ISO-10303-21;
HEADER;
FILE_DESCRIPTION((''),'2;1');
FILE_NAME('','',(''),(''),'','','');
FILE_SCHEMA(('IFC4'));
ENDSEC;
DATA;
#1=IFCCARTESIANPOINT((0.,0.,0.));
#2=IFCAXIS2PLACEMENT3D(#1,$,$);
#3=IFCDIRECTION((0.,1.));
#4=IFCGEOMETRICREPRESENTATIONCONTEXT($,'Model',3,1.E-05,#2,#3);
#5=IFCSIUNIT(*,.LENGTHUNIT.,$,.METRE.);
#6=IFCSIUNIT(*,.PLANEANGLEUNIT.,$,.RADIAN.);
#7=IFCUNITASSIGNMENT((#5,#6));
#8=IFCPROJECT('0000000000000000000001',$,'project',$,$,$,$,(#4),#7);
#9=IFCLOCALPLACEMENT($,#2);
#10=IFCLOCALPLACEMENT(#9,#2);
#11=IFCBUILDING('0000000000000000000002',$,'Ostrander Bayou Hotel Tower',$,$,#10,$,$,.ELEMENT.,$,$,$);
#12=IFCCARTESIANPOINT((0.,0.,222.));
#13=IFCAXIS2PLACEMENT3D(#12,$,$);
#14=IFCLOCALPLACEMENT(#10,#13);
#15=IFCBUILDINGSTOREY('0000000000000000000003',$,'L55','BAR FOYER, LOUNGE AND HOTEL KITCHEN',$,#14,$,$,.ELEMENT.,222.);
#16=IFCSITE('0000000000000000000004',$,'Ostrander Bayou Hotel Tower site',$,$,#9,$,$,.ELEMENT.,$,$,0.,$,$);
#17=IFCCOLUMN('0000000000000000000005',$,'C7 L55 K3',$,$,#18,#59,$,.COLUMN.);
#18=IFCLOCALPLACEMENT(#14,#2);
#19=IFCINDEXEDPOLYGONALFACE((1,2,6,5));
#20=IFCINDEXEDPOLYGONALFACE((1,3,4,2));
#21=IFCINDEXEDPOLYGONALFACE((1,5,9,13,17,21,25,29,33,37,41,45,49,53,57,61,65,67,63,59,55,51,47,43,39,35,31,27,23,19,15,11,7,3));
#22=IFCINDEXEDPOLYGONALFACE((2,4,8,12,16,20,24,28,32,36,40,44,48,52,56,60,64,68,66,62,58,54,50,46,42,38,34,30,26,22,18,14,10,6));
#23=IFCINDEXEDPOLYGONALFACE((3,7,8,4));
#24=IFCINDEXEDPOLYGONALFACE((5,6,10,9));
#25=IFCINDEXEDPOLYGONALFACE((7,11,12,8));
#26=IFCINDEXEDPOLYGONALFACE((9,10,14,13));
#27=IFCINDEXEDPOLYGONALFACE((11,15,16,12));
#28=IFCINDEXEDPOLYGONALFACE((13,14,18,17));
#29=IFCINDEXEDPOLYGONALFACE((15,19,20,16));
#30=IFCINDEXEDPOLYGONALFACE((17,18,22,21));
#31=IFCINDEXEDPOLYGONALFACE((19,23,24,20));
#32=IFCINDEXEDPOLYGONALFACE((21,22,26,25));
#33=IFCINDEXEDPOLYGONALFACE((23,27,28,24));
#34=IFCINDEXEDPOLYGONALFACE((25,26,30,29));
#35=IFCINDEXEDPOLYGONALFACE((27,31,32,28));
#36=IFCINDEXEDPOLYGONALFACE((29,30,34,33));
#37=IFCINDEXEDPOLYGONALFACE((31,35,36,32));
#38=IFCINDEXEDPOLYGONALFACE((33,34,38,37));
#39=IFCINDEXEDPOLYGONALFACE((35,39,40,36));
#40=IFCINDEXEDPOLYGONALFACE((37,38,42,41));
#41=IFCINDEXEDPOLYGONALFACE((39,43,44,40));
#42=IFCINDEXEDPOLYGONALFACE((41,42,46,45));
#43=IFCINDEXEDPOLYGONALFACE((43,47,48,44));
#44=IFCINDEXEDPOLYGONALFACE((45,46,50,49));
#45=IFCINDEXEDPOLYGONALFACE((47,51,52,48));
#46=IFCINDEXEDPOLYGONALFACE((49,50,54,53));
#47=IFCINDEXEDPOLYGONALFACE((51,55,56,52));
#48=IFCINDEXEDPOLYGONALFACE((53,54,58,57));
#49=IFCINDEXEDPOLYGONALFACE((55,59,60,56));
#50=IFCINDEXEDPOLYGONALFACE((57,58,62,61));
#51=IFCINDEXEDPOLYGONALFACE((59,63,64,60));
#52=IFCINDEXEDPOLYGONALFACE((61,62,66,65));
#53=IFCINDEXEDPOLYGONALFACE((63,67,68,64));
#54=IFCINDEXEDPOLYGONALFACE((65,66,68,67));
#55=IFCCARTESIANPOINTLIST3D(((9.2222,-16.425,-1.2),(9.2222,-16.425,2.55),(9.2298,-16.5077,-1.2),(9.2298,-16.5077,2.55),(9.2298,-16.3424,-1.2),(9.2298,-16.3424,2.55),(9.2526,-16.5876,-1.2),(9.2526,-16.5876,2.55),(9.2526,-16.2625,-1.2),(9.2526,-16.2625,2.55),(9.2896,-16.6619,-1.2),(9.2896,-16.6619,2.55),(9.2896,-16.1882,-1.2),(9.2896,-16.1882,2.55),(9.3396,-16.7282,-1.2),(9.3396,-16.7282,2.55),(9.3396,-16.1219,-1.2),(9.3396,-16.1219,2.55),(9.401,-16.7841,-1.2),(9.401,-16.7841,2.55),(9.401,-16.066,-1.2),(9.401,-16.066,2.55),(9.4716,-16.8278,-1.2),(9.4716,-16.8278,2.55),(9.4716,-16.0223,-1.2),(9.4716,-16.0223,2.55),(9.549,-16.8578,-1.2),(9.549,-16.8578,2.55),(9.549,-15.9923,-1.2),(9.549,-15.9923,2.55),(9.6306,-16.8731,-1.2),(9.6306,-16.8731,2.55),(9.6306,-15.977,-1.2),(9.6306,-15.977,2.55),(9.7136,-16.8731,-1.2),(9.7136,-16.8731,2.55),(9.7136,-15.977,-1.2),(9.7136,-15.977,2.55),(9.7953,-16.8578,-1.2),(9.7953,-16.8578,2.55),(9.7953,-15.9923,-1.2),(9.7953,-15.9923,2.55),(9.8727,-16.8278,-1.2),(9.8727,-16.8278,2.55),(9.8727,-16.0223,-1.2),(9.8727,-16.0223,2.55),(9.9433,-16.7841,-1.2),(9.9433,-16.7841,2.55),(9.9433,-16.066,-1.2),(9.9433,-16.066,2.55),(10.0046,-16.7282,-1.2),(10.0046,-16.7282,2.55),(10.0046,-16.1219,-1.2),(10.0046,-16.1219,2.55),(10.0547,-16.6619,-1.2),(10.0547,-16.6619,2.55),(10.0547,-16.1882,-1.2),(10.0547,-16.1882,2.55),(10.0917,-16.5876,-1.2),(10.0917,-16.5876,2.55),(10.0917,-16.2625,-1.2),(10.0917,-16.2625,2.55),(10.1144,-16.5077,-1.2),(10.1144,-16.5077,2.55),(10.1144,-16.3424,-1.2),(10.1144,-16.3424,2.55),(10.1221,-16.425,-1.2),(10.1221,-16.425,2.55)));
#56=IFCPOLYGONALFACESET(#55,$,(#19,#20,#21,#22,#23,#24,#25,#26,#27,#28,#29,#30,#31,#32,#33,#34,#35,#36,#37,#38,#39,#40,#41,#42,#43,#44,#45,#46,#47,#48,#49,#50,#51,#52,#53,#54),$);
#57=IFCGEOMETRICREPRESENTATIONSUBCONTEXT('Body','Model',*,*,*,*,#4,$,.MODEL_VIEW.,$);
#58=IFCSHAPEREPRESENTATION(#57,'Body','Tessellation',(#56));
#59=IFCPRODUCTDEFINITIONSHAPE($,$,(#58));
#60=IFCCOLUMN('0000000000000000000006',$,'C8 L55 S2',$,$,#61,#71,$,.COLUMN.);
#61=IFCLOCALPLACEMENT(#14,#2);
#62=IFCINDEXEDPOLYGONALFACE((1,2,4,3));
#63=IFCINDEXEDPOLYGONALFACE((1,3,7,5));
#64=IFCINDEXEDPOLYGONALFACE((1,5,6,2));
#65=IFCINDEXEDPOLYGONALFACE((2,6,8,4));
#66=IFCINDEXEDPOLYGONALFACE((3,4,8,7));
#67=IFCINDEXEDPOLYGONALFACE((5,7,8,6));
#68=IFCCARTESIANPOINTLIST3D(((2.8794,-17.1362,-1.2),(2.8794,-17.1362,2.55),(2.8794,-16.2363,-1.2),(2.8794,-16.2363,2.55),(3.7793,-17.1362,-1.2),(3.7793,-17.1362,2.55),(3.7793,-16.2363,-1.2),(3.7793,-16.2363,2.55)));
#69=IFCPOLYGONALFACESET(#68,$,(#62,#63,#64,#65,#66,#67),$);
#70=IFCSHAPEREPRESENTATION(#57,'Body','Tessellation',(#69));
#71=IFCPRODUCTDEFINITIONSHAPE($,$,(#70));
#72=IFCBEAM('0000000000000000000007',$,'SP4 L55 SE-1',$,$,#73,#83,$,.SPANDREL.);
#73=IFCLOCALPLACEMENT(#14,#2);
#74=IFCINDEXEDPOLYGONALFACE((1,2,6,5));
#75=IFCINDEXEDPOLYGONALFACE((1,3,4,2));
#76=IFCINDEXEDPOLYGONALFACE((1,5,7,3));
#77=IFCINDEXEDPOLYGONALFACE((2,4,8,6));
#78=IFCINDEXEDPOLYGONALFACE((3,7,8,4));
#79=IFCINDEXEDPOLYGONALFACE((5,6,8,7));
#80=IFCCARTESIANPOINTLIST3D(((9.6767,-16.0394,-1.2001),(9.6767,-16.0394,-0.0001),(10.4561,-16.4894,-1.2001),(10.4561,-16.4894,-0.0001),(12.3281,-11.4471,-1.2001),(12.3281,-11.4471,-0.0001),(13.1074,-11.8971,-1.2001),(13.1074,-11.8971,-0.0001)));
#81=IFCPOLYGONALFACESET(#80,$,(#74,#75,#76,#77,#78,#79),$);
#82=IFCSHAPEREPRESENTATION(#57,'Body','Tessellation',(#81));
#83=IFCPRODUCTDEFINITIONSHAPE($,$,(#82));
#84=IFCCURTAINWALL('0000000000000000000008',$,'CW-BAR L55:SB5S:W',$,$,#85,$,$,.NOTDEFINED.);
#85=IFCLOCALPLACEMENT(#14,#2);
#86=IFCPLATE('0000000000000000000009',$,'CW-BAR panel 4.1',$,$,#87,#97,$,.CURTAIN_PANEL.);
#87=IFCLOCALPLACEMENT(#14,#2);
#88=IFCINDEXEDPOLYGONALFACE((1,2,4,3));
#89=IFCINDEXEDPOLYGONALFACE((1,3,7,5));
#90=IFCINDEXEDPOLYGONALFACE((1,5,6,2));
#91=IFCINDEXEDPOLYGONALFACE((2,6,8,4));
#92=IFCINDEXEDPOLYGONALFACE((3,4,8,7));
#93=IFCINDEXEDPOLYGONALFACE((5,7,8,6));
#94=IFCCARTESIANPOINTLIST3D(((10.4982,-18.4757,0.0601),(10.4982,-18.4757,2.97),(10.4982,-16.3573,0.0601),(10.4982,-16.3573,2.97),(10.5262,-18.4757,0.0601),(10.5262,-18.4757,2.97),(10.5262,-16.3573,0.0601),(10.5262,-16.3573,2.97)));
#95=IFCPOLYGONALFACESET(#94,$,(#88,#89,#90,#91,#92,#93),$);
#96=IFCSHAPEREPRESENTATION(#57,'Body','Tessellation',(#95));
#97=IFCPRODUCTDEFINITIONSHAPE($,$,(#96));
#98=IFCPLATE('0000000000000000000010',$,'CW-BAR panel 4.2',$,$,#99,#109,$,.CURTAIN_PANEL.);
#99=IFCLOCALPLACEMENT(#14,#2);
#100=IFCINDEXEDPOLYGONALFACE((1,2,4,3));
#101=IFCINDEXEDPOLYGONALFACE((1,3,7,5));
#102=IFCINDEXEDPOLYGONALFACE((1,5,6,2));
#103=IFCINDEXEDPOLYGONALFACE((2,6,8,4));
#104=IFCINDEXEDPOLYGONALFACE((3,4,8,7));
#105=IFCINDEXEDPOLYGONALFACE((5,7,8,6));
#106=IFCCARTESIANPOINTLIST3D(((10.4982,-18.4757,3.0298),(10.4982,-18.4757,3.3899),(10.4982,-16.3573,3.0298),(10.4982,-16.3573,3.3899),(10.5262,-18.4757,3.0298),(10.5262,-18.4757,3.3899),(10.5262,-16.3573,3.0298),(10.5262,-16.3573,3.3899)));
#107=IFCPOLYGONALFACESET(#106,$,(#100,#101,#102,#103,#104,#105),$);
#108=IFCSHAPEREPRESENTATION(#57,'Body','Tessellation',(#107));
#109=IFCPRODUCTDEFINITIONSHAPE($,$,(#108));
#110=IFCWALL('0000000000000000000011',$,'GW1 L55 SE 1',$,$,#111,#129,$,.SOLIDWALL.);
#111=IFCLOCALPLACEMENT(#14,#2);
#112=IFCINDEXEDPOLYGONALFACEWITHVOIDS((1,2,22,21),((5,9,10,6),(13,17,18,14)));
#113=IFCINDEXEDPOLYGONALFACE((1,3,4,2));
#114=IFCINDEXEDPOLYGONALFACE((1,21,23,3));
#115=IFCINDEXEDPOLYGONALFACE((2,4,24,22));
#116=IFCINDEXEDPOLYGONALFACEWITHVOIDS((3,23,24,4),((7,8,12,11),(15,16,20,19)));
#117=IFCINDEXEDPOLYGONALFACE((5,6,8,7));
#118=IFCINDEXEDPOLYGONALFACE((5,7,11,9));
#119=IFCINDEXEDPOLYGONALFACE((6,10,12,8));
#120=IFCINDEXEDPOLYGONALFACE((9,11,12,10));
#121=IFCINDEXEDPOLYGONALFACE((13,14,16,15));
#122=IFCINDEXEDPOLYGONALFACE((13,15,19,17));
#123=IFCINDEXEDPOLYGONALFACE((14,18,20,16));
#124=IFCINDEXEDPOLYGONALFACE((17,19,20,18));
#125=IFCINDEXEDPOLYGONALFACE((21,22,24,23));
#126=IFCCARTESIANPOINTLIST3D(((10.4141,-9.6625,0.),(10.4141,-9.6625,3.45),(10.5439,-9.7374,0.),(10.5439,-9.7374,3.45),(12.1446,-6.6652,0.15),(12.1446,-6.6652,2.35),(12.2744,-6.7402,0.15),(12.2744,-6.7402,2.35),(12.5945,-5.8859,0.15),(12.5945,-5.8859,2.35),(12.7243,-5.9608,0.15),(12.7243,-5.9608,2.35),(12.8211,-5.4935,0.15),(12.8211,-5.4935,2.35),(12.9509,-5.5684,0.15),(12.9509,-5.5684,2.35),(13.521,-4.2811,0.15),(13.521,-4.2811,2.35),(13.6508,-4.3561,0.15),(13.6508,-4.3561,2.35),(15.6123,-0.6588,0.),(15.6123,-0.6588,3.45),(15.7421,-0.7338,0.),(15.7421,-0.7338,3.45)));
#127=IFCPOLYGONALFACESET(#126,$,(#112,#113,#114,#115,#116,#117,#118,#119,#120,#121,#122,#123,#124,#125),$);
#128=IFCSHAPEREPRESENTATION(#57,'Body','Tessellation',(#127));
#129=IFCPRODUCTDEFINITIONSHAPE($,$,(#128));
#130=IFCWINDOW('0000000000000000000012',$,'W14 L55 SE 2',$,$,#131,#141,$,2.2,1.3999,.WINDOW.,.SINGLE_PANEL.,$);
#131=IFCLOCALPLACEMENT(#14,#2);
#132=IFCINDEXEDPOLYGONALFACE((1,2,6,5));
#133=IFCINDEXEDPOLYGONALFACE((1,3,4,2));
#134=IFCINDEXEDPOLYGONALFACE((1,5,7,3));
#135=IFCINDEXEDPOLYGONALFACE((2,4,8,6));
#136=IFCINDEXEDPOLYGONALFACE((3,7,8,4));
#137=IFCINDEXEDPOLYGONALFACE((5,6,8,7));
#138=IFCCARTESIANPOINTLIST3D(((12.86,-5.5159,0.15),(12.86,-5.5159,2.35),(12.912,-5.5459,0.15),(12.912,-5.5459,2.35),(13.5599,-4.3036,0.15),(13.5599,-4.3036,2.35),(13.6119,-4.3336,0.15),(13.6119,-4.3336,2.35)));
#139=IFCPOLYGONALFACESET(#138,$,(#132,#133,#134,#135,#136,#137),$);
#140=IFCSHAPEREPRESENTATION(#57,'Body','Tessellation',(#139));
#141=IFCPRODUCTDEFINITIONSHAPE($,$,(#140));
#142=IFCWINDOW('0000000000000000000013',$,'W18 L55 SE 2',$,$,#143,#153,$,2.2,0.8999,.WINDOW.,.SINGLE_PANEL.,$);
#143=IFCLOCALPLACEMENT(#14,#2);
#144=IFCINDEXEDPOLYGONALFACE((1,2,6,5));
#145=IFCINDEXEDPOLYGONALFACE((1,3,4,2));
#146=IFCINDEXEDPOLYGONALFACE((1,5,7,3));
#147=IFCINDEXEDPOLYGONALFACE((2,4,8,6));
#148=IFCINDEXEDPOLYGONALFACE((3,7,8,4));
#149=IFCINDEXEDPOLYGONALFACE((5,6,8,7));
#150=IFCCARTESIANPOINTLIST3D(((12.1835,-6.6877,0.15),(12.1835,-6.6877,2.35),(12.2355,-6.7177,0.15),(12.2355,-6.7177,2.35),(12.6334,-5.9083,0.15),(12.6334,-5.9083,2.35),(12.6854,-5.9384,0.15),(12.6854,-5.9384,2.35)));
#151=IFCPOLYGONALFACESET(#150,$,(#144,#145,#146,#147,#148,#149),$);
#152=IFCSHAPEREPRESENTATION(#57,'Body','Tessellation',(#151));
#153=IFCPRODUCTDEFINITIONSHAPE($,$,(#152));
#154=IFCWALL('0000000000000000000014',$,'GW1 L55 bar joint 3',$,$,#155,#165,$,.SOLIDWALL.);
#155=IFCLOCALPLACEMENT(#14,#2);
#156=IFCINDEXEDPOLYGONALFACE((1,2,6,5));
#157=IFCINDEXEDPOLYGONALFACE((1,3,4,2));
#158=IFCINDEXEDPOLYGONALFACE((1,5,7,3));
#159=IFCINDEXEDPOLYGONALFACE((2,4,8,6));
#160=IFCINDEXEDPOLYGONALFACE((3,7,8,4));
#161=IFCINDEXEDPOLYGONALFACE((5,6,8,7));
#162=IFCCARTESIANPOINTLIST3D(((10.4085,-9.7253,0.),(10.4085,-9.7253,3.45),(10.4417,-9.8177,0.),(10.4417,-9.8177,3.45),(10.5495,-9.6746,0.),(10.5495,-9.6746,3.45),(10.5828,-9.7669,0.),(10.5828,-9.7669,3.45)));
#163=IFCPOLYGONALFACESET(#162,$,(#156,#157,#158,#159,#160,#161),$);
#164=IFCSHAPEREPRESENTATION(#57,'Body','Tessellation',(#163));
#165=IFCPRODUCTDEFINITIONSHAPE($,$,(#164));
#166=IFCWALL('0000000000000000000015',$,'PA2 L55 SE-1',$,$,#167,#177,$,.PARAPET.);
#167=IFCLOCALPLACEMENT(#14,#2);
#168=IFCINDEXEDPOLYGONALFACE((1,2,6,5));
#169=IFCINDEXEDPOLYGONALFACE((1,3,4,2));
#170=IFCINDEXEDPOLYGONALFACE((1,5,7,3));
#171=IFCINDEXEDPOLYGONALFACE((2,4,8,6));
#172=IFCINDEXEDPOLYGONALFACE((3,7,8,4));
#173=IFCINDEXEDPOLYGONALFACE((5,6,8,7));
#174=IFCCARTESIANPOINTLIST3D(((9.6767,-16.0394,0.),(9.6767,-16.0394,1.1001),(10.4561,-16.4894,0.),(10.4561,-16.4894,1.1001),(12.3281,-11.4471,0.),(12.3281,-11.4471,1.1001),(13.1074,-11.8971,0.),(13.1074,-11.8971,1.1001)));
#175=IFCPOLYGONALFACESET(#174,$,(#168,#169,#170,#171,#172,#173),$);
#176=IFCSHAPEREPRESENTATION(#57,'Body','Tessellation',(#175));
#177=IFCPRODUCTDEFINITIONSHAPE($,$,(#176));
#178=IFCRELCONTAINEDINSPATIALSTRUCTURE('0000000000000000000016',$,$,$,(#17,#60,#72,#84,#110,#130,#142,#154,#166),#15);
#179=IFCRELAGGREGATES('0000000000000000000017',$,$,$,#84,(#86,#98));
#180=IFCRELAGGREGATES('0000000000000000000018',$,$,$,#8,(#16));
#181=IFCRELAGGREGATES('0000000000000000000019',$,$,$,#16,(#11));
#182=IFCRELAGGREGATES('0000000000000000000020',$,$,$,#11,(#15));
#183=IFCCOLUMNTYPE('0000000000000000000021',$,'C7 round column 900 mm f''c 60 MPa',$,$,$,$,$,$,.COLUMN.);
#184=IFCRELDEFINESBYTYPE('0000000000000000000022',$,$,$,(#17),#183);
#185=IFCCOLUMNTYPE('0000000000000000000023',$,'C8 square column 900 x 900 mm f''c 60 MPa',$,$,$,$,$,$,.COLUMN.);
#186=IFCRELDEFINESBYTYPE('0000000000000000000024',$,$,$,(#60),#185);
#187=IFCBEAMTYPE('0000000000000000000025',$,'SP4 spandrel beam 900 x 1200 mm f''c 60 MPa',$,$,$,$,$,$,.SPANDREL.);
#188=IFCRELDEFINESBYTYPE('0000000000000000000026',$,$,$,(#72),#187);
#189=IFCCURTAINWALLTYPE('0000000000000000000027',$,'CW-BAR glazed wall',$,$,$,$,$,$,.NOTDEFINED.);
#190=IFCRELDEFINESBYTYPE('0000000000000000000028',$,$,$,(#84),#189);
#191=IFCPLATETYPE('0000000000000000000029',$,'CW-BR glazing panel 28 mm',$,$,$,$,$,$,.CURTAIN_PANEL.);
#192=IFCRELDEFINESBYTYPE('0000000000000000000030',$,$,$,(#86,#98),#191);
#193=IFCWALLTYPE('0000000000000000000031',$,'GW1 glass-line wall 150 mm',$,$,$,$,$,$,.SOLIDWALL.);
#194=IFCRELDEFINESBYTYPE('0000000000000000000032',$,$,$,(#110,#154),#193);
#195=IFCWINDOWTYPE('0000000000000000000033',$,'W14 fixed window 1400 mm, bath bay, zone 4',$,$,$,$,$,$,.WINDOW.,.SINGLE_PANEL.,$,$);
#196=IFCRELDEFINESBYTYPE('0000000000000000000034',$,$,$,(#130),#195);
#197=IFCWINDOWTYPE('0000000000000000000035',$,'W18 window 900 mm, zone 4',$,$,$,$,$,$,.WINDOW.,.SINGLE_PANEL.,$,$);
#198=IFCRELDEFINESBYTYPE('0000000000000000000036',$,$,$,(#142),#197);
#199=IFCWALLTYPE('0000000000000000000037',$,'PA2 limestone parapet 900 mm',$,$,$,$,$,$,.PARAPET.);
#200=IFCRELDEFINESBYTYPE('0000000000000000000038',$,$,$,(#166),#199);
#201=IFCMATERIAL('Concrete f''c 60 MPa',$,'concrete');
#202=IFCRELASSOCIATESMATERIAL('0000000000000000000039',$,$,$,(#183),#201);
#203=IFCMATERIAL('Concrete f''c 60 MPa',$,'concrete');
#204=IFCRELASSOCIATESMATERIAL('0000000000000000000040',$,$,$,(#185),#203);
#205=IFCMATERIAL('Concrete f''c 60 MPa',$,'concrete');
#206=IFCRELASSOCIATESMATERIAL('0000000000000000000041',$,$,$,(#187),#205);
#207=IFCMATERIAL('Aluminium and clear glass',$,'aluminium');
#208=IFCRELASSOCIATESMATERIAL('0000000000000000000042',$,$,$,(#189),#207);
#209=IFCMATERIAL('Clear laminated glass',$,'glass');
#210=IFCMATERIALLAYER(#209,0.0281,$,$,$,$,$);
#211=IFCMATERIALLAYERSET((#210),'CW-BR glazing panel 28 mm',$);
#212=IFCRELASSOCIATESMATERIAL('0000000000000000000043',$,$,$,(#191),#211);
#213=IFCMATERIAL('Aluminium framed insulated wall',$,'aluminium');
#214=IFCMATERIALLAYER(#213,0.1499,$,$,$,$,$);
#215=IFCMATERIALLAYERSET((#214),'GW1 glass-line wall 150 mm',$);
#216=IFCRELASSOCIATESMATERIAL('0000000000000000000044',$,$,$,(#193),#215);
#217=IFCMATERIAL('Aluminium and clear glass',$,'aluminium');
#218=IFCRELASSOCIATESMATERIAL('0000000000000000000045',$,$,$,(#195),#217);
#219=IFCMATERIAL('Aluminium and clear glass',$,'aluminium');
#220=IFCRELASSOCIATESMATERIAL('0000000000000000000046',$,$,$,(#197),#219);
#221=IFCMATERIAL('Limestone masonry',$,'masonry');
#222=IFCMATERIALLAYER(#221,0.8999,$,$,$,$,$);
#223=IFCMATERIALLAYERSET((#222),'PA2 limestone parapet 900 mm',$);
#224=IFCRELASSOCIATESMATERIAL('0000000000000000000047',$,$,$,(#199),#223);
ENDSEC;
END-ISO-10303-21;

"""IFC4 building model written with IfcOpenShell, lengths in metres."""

from ifc_helpers import new_model, si_unit, direction, frame, frame_2d, origin, origin_2d, place, context, subcontext, project, spatial, rectangle, circle, extrude, material, layer, layer_set, material_profile, profile_set, type_object, element, fill, aggregate, save


model = new_model("IFC4")

# Units and contexts
model_context = context("Model", 3, precision=1e-05, world=origin(), true_north=direction((0.0, 1.0)))
body_context = subcontext(model_context, "Body", "Model", "MODEL_VIEW")
ifc_project = project(units=[si_unit("LENGTHUNIT", "METRE"), si_unit("PLANEANGLEUNIT", "RADIAN")], contexts=[model_context])

# Site, building, storey
site_placement = place(None, origin())
site = spatial("IfcSite", under=ifc_project, at=site_placement, Name="Ostrander Bayou Hotel Tower site", CompositionType="ELEMENT", RefElevation=0.0)
building_placement = place(site_placement, origin())
building = spatial("IfcBuilding", under=site, at=building_placement, Name="Ostrander Bayou Hotel Tower", CompositionType="ELEMENT")
storey_placement = place(building_placement, frame((0.0, 0.0, 222.0)))
storey = spatial("IfcBuildingStorey", under=building, at=storey_placement, Name="L55", Description="BAR FOYER, LOUNGE AND HOTEL KITCHEN", CompositionType="ELEMENT", Elevation=222.0)

# Columns
ifc_material_1 = material(Name="Concrete f'c 60 MPa", Category="concrete")
ifc_material_profile_1 = material_profile(ifc_material_1, circle(Radius=0.45, at=origin_2d()))
ifc_profile_set_1 = profile_set([ifc_material_profile_1], Name="Concrete f'c 60 MPa")
column_type_1 = type_object("IfcColumnType", Name="C7 round column 900 mm f'c 60 MPa", PredefinedType="COLUMN", material=ifc_profile_set_1)
column_1_placement = place(storey_placement, frame((9.6721, -16.425, -1.2), z_axis=(0.0, 0.0, 1.0), x_axis=(1.0, 0.0, 0.0)))
element("IfcColumn", 1, at=column_1_placement, inside=storey, type_object=column_type_1, Name="C7 L55 K3", PredefinedType="COLUMN", context=body_context, shape_type="SweptSolid", body=[
    extrude(circle(Radius=0.45, at=origin_2d()), origin(), (0.0, 0.0, 1.0), 3.75),
])
ifc_material_2 = material(Name="Concrete f'c 60 MPa", Category="concrete")
ifc_material_profile_2 = material_profile(ifc_material_2, rectangle(XDim=0.8999, YDim=0.8999, at=origin_2d()))
ifc_profile_set_2 = profile_set([ifc_material_profile_2], Name="Concrete f'c 60 MPa")
column_type_2 = type_object("IfcColumnType", Name="C8 square column 900 x 900 mm f'c 60 MPa", PredefinedType="COLUMN", material=ifc_profile_set_2)
column_2_placement = place(storey_placement, frame((3.3293, -16.6863, -1.2), z_axis=(0.0, 0.0, 1.0), x_axis=(-1.0, 0.0, 0.0)))
element("IfcColumn", 2, at=column_2_placement, inside=storey, type_object=column_type_2, Name="C8 L55 S2", PredefinedType="COLUMN", context=body_context, shape_type="SweptSolid", body=[
    extrude(rectangle(XDim=0.8999, YDim=0.8999, at=origin_2d()), origin(), (0.0, 0.0, 1.0), 3.75),
])

# Beam
ifc_material_3 = material(Name="Concrete f'c 60 MPa", Category="concrete")
ifc_material_profile_3 = material_profile(ifc_material_3, rectangle(XDim=0.8999, YDim=1.2, at=origin_2d()))
ifc_profile_set_3 = profile_set([ifc_material_profile_3], Name="Concrete f'c 60 MPa")
beam_type = type_object("IfcBeamType", Name="SP4 spandrel beam 900 x 1200 mm f'c 60 MPa", PredefinedType="SPANDREL", material=ifc_profile_set_3)
beam_placement = place(storey_placement, frame((10.0664, -16.2644, -0.6001), z_axis=(0.500001, 0.866025, 0.0), x_axis=(-0.866025, 0.500001, 0.0)))
element("IfcBeam", 3, at=beam_placement, inside=storey, type_object=beam_type, Name="SP4 L55 SE-1", PredefinedType="SPANDREL", context=body_context, shape_type="SweptSolid", body=[
    extrude(rectangle(XDim=0.8999, YDim=1.2, at=origin_2d()), origin(), (0.0, 0.0, 1.0), 5.3027),
])

# Curtain wall, plates
ifc_material_4 = material(Name="Aluminium and clear glass", Category="aluminium")
curtain_wall_type = type_object("IfcCurtainWallType", Name="CW-BAR glazed wall", PredefinedType="NOTDEFINED", material=ifc_material_4)
curtain_wall_placement = place(storey_placement, origin())
curtain_wall = element("IfcCurtainWall", 4, at=curtain_wall_placement, inside=storey, type_object=curtain_wall_type, Name="CW-BAR L55:SB5S:W", PredefinedType="NOTDEFINED")
ifc_material_5 = material(Name="Clear laminated glass", Category="glass")
ifc_layer_1 = layer(ifc_material_5, 0.0281)
ifc_layer_set_1 = layer_set([ifc_layer_1], Name="CW-BR glazing panel 28 mm")
plate_type = type_object("IfcPlateType", Name="CW-BR glazing panel 28 mm", PredefinedType="CURTAIN_PANEL", material=ifc_layer_set_1)
plate_1_placement = place(storey_placement, frame((10.5122, -17.4165, 0.0601), z_axis=(0.0, 0.0, 1.0), x_axis=(0.0, -1.0, 0.0)))
plate_1 = element("IfcPlate", 5, at=plate_1_placement, type_object=plate_type, Name="CW-BAR panel 4.1", PredefinedType="CURTAIN_PANEL", context=body_context, shape_type="SweptSolid", body=[
    extrude(rectangle(XDim=2.1184, YDim=0.0281, at=origin_2d()), origin(), (0.0, 0.0, 1.0), 2.9099),
])
plate_2_placement = place(storey_placement, frame((10.5122, -17.4165, 3.0298), z_axis=(0.0, 0.0, 1.0), x_axis=(0.0, -1.0, 0.0)))
plate_2 = element("IfcPlate", 6, at=plate_2_placement, type_object=plate_type, Name="CW-BAR panel 4.2", PredefinedType="CURTAIN_PANEL", context=body_context, shape_type="SweptSolid", body=[
    extrude(rectangle(XDim=2.1184, YDim=0.0281, at=origin_2d()), origin(), (0.0, 0.0, 1.0), 0.3601),
])
aggregate(curtain_wall, [plate_1, plate_2])

# Wall, openings, windows
ifc_material_6 = material(Name="Aluminium framed insulated wall", Category="aluminium")
ifc_layer_2 = layer(ifc_material_6, 0.1499)
ifc_layer_set_2 = layer_set([ifc_layer_2], Name="GW1 glass-line wall 150 mm")
wall_type_1 = type_object("IfcWallType", Name="GW1 glass-line wall 150 mm", PredefinedType="SOLIDWALL", material=ifc_layer_set_2)
wall_1_placement = place(storey_placement, frame((10.479, -9.7, 0.0), z_axis=(0.0, 0.0, 1.0), x_axis=(0.499998, 0.866026, 0.0)))
wall_1 = element("IfcWall", 7, at=wall_1_placement, inside=storey, type_object=wall_type_1, Name="GW1 L55 SE 1", PredefinedType="SOLIDWALL", context=body_context, shape_type="SweptSolid", body=[
    extrude(rectangle(XDim=10.3965, YDim=0.1499, at=frame_2d((5.1982, 0.0))), origin(), (0.0, 0.0, 1.0), 3.45),
])
opening_1_placement = place(wall_1_placement, frame((3.4609, 0.0, 0.1499)))
opening_1 = element("IfcOpeningElement", 8, at=opening_1_placement, cuts=wall_1, PredefinedType="OPENING", context=body_context, shape_type="SweptSolid", body=[
    extrude(rectangle(XDim=0.8999, YDim=2.2, at=frame_2d((0.45, 1.1001))), frame((0.0, 0.075, 0.0), z_axis=(0.0, -1.0, 0.0), x_axis=(1.0, 0.0, 0.0)), (0.0, 0.0, 1.0), 0.1499),
])
opening_2_placement = place(wall_1_placement, frame((4.814, 0.0, 0.1499)))
opening_2 = element("IfcOpeningElement", 9, at=opening_2_placement, cuts=wall_1, PredefinedType="OPENING", context=body_context, shape_type="SweptSolid", body=[
    extrude(rectangle(XDim=1.3999, YDim=2.2, at=frame_2d((0.7, 1.1001))), frame((0.0, 0.075, 0.0), z_axis=(0.0, -1.0, 0.0), x_axis=(1.0, 0.0, 0.0)), (0.0, 0.0, 1.0), 0.1499),
])
ifc_material_7 = material(Name="Aluminium and clear glass", Category="aluminium")
window_type_1 = type_object("IfcWindowType", Name="W14 fixed window 1400 mm, bath bay, zone 4", PartitioningType="SINGLE_PANEL", PredefinedType="WINDOW", material=ifc_material_7)
window_1_placement = place(opening_2_placement, origin())
window_1 = element("IfcWindow", 10, at=window_1_placement, inside=storey, type_object=window_type_1, Name="W14 L55 SE 2", OverallHeight=2.2, OverallWidth=1.3999, PartitioningType="SINGLE_PANEL", PredefinedType="WINDOW", context=body_context, shape_type="SweptSolid", body=[
    extrude(rectangle(XDim=1.3999, YDim=2.2, at=frame_2d((0.7, 1.1001))), frame((0.0, 0.03, 0.0), z_axis=(0.0, -1.0, 0.0), x_axis=(1.0, 0.0, 0.0)), (0.0, 0.0, 1.0), 0.0601),
])
fill(opening_2, window_1)
ifc_material_8 = material(Name="Aluminium and clear glass", Category="aluminium")
window_type_2 = type_object("IfcWindowType", Name="W18 window 900 mm, zone 4", PartitioningType="SINGLE_PANEL", PredefinedType="WINDOW", material=ifc_material_8)
window_2_placement = place(opening_1_placement, origin())
window_2 = element("IfcWindow", 11, at=window_2_placement, inside=storey, type_object=window_type_2, Name="W18 L55 SE 2", OverallHeight=2.2, OverallWidth=0.8999, PartitioningType="SINGLE_PANEL", PredefinedType="WINDOW", context=body_context, shape_type="SweptSolid", body=[
    extrude(rectangle(XDim=0.8999, YDim=2.2, at=frame_2d((0.45, 1.1001))), frame((0.0, 0.03, 0.0), z_axis=(0.0, -1.0, 0.0), x_axis=(1.0, 0.0, 0.0)), (0.0, 0.0, 1.0), 0.0601),
])
fill(opening_1, window_2)

# Walls
wall_2_placement = place(storey_placement, frame((10.479, -9.7, 0.0), z_axis=(0.0, 0.0, 1.0), x_axis=(0.338543, -0.940951, 0.0)))
element("IfcWall", 12, at=wall_2_placement, inside=storey, type_object=wall_type_1, Name="GW1 L55 bar joint 3", PredefinedType="SOLIDWALL", context=body_context, shape_type="SweptSolid", body=[
    extrude(rectangle(XDim=0.0981, YDim=0.1499, at=frame_2d((0.0491, 0.0))), origin(), (0.0, 0.0, 1.0), 3.45),
])
ifc_material_9 = material(Name="Limestone masonry", Category="masonry")
ifc_layer_3 = layer(ifc_material_9, 0.8999)
ifc_layer_set_3 = layer_set([ifc_layer_3], Name="PA2 limestone parapet 900 mm")
wall_type_2 = type_object("IfcWallType", Name="PA2 limestone parapet 900 mm", PredefinedType="PARAPET", material=ifc_layer_set_3)
wall_3_placement = place(storey_placement, frame((10.0664, -16.2644, 0.0), z_axis=(0.0, 0.0, 1.0), x_axis=(0.500001, 0.866025, 0.0)))
element("IfcWall", 13, at=wall_3_placement, inside=storey, type_object=wall_type_2, Name="PA2 L55 SE-1", PredefinedType="PARAPET", context=body_context, shape_type="SweptSolid", body=[
    extrude(rectangle(XDim=5.3027, YDim=0.8999, at=frame_2d((2.6514, 0.0))), origin(), (0.0, 0.0, 1.0), 1.1001),
])

save(model, "model.ifc")
